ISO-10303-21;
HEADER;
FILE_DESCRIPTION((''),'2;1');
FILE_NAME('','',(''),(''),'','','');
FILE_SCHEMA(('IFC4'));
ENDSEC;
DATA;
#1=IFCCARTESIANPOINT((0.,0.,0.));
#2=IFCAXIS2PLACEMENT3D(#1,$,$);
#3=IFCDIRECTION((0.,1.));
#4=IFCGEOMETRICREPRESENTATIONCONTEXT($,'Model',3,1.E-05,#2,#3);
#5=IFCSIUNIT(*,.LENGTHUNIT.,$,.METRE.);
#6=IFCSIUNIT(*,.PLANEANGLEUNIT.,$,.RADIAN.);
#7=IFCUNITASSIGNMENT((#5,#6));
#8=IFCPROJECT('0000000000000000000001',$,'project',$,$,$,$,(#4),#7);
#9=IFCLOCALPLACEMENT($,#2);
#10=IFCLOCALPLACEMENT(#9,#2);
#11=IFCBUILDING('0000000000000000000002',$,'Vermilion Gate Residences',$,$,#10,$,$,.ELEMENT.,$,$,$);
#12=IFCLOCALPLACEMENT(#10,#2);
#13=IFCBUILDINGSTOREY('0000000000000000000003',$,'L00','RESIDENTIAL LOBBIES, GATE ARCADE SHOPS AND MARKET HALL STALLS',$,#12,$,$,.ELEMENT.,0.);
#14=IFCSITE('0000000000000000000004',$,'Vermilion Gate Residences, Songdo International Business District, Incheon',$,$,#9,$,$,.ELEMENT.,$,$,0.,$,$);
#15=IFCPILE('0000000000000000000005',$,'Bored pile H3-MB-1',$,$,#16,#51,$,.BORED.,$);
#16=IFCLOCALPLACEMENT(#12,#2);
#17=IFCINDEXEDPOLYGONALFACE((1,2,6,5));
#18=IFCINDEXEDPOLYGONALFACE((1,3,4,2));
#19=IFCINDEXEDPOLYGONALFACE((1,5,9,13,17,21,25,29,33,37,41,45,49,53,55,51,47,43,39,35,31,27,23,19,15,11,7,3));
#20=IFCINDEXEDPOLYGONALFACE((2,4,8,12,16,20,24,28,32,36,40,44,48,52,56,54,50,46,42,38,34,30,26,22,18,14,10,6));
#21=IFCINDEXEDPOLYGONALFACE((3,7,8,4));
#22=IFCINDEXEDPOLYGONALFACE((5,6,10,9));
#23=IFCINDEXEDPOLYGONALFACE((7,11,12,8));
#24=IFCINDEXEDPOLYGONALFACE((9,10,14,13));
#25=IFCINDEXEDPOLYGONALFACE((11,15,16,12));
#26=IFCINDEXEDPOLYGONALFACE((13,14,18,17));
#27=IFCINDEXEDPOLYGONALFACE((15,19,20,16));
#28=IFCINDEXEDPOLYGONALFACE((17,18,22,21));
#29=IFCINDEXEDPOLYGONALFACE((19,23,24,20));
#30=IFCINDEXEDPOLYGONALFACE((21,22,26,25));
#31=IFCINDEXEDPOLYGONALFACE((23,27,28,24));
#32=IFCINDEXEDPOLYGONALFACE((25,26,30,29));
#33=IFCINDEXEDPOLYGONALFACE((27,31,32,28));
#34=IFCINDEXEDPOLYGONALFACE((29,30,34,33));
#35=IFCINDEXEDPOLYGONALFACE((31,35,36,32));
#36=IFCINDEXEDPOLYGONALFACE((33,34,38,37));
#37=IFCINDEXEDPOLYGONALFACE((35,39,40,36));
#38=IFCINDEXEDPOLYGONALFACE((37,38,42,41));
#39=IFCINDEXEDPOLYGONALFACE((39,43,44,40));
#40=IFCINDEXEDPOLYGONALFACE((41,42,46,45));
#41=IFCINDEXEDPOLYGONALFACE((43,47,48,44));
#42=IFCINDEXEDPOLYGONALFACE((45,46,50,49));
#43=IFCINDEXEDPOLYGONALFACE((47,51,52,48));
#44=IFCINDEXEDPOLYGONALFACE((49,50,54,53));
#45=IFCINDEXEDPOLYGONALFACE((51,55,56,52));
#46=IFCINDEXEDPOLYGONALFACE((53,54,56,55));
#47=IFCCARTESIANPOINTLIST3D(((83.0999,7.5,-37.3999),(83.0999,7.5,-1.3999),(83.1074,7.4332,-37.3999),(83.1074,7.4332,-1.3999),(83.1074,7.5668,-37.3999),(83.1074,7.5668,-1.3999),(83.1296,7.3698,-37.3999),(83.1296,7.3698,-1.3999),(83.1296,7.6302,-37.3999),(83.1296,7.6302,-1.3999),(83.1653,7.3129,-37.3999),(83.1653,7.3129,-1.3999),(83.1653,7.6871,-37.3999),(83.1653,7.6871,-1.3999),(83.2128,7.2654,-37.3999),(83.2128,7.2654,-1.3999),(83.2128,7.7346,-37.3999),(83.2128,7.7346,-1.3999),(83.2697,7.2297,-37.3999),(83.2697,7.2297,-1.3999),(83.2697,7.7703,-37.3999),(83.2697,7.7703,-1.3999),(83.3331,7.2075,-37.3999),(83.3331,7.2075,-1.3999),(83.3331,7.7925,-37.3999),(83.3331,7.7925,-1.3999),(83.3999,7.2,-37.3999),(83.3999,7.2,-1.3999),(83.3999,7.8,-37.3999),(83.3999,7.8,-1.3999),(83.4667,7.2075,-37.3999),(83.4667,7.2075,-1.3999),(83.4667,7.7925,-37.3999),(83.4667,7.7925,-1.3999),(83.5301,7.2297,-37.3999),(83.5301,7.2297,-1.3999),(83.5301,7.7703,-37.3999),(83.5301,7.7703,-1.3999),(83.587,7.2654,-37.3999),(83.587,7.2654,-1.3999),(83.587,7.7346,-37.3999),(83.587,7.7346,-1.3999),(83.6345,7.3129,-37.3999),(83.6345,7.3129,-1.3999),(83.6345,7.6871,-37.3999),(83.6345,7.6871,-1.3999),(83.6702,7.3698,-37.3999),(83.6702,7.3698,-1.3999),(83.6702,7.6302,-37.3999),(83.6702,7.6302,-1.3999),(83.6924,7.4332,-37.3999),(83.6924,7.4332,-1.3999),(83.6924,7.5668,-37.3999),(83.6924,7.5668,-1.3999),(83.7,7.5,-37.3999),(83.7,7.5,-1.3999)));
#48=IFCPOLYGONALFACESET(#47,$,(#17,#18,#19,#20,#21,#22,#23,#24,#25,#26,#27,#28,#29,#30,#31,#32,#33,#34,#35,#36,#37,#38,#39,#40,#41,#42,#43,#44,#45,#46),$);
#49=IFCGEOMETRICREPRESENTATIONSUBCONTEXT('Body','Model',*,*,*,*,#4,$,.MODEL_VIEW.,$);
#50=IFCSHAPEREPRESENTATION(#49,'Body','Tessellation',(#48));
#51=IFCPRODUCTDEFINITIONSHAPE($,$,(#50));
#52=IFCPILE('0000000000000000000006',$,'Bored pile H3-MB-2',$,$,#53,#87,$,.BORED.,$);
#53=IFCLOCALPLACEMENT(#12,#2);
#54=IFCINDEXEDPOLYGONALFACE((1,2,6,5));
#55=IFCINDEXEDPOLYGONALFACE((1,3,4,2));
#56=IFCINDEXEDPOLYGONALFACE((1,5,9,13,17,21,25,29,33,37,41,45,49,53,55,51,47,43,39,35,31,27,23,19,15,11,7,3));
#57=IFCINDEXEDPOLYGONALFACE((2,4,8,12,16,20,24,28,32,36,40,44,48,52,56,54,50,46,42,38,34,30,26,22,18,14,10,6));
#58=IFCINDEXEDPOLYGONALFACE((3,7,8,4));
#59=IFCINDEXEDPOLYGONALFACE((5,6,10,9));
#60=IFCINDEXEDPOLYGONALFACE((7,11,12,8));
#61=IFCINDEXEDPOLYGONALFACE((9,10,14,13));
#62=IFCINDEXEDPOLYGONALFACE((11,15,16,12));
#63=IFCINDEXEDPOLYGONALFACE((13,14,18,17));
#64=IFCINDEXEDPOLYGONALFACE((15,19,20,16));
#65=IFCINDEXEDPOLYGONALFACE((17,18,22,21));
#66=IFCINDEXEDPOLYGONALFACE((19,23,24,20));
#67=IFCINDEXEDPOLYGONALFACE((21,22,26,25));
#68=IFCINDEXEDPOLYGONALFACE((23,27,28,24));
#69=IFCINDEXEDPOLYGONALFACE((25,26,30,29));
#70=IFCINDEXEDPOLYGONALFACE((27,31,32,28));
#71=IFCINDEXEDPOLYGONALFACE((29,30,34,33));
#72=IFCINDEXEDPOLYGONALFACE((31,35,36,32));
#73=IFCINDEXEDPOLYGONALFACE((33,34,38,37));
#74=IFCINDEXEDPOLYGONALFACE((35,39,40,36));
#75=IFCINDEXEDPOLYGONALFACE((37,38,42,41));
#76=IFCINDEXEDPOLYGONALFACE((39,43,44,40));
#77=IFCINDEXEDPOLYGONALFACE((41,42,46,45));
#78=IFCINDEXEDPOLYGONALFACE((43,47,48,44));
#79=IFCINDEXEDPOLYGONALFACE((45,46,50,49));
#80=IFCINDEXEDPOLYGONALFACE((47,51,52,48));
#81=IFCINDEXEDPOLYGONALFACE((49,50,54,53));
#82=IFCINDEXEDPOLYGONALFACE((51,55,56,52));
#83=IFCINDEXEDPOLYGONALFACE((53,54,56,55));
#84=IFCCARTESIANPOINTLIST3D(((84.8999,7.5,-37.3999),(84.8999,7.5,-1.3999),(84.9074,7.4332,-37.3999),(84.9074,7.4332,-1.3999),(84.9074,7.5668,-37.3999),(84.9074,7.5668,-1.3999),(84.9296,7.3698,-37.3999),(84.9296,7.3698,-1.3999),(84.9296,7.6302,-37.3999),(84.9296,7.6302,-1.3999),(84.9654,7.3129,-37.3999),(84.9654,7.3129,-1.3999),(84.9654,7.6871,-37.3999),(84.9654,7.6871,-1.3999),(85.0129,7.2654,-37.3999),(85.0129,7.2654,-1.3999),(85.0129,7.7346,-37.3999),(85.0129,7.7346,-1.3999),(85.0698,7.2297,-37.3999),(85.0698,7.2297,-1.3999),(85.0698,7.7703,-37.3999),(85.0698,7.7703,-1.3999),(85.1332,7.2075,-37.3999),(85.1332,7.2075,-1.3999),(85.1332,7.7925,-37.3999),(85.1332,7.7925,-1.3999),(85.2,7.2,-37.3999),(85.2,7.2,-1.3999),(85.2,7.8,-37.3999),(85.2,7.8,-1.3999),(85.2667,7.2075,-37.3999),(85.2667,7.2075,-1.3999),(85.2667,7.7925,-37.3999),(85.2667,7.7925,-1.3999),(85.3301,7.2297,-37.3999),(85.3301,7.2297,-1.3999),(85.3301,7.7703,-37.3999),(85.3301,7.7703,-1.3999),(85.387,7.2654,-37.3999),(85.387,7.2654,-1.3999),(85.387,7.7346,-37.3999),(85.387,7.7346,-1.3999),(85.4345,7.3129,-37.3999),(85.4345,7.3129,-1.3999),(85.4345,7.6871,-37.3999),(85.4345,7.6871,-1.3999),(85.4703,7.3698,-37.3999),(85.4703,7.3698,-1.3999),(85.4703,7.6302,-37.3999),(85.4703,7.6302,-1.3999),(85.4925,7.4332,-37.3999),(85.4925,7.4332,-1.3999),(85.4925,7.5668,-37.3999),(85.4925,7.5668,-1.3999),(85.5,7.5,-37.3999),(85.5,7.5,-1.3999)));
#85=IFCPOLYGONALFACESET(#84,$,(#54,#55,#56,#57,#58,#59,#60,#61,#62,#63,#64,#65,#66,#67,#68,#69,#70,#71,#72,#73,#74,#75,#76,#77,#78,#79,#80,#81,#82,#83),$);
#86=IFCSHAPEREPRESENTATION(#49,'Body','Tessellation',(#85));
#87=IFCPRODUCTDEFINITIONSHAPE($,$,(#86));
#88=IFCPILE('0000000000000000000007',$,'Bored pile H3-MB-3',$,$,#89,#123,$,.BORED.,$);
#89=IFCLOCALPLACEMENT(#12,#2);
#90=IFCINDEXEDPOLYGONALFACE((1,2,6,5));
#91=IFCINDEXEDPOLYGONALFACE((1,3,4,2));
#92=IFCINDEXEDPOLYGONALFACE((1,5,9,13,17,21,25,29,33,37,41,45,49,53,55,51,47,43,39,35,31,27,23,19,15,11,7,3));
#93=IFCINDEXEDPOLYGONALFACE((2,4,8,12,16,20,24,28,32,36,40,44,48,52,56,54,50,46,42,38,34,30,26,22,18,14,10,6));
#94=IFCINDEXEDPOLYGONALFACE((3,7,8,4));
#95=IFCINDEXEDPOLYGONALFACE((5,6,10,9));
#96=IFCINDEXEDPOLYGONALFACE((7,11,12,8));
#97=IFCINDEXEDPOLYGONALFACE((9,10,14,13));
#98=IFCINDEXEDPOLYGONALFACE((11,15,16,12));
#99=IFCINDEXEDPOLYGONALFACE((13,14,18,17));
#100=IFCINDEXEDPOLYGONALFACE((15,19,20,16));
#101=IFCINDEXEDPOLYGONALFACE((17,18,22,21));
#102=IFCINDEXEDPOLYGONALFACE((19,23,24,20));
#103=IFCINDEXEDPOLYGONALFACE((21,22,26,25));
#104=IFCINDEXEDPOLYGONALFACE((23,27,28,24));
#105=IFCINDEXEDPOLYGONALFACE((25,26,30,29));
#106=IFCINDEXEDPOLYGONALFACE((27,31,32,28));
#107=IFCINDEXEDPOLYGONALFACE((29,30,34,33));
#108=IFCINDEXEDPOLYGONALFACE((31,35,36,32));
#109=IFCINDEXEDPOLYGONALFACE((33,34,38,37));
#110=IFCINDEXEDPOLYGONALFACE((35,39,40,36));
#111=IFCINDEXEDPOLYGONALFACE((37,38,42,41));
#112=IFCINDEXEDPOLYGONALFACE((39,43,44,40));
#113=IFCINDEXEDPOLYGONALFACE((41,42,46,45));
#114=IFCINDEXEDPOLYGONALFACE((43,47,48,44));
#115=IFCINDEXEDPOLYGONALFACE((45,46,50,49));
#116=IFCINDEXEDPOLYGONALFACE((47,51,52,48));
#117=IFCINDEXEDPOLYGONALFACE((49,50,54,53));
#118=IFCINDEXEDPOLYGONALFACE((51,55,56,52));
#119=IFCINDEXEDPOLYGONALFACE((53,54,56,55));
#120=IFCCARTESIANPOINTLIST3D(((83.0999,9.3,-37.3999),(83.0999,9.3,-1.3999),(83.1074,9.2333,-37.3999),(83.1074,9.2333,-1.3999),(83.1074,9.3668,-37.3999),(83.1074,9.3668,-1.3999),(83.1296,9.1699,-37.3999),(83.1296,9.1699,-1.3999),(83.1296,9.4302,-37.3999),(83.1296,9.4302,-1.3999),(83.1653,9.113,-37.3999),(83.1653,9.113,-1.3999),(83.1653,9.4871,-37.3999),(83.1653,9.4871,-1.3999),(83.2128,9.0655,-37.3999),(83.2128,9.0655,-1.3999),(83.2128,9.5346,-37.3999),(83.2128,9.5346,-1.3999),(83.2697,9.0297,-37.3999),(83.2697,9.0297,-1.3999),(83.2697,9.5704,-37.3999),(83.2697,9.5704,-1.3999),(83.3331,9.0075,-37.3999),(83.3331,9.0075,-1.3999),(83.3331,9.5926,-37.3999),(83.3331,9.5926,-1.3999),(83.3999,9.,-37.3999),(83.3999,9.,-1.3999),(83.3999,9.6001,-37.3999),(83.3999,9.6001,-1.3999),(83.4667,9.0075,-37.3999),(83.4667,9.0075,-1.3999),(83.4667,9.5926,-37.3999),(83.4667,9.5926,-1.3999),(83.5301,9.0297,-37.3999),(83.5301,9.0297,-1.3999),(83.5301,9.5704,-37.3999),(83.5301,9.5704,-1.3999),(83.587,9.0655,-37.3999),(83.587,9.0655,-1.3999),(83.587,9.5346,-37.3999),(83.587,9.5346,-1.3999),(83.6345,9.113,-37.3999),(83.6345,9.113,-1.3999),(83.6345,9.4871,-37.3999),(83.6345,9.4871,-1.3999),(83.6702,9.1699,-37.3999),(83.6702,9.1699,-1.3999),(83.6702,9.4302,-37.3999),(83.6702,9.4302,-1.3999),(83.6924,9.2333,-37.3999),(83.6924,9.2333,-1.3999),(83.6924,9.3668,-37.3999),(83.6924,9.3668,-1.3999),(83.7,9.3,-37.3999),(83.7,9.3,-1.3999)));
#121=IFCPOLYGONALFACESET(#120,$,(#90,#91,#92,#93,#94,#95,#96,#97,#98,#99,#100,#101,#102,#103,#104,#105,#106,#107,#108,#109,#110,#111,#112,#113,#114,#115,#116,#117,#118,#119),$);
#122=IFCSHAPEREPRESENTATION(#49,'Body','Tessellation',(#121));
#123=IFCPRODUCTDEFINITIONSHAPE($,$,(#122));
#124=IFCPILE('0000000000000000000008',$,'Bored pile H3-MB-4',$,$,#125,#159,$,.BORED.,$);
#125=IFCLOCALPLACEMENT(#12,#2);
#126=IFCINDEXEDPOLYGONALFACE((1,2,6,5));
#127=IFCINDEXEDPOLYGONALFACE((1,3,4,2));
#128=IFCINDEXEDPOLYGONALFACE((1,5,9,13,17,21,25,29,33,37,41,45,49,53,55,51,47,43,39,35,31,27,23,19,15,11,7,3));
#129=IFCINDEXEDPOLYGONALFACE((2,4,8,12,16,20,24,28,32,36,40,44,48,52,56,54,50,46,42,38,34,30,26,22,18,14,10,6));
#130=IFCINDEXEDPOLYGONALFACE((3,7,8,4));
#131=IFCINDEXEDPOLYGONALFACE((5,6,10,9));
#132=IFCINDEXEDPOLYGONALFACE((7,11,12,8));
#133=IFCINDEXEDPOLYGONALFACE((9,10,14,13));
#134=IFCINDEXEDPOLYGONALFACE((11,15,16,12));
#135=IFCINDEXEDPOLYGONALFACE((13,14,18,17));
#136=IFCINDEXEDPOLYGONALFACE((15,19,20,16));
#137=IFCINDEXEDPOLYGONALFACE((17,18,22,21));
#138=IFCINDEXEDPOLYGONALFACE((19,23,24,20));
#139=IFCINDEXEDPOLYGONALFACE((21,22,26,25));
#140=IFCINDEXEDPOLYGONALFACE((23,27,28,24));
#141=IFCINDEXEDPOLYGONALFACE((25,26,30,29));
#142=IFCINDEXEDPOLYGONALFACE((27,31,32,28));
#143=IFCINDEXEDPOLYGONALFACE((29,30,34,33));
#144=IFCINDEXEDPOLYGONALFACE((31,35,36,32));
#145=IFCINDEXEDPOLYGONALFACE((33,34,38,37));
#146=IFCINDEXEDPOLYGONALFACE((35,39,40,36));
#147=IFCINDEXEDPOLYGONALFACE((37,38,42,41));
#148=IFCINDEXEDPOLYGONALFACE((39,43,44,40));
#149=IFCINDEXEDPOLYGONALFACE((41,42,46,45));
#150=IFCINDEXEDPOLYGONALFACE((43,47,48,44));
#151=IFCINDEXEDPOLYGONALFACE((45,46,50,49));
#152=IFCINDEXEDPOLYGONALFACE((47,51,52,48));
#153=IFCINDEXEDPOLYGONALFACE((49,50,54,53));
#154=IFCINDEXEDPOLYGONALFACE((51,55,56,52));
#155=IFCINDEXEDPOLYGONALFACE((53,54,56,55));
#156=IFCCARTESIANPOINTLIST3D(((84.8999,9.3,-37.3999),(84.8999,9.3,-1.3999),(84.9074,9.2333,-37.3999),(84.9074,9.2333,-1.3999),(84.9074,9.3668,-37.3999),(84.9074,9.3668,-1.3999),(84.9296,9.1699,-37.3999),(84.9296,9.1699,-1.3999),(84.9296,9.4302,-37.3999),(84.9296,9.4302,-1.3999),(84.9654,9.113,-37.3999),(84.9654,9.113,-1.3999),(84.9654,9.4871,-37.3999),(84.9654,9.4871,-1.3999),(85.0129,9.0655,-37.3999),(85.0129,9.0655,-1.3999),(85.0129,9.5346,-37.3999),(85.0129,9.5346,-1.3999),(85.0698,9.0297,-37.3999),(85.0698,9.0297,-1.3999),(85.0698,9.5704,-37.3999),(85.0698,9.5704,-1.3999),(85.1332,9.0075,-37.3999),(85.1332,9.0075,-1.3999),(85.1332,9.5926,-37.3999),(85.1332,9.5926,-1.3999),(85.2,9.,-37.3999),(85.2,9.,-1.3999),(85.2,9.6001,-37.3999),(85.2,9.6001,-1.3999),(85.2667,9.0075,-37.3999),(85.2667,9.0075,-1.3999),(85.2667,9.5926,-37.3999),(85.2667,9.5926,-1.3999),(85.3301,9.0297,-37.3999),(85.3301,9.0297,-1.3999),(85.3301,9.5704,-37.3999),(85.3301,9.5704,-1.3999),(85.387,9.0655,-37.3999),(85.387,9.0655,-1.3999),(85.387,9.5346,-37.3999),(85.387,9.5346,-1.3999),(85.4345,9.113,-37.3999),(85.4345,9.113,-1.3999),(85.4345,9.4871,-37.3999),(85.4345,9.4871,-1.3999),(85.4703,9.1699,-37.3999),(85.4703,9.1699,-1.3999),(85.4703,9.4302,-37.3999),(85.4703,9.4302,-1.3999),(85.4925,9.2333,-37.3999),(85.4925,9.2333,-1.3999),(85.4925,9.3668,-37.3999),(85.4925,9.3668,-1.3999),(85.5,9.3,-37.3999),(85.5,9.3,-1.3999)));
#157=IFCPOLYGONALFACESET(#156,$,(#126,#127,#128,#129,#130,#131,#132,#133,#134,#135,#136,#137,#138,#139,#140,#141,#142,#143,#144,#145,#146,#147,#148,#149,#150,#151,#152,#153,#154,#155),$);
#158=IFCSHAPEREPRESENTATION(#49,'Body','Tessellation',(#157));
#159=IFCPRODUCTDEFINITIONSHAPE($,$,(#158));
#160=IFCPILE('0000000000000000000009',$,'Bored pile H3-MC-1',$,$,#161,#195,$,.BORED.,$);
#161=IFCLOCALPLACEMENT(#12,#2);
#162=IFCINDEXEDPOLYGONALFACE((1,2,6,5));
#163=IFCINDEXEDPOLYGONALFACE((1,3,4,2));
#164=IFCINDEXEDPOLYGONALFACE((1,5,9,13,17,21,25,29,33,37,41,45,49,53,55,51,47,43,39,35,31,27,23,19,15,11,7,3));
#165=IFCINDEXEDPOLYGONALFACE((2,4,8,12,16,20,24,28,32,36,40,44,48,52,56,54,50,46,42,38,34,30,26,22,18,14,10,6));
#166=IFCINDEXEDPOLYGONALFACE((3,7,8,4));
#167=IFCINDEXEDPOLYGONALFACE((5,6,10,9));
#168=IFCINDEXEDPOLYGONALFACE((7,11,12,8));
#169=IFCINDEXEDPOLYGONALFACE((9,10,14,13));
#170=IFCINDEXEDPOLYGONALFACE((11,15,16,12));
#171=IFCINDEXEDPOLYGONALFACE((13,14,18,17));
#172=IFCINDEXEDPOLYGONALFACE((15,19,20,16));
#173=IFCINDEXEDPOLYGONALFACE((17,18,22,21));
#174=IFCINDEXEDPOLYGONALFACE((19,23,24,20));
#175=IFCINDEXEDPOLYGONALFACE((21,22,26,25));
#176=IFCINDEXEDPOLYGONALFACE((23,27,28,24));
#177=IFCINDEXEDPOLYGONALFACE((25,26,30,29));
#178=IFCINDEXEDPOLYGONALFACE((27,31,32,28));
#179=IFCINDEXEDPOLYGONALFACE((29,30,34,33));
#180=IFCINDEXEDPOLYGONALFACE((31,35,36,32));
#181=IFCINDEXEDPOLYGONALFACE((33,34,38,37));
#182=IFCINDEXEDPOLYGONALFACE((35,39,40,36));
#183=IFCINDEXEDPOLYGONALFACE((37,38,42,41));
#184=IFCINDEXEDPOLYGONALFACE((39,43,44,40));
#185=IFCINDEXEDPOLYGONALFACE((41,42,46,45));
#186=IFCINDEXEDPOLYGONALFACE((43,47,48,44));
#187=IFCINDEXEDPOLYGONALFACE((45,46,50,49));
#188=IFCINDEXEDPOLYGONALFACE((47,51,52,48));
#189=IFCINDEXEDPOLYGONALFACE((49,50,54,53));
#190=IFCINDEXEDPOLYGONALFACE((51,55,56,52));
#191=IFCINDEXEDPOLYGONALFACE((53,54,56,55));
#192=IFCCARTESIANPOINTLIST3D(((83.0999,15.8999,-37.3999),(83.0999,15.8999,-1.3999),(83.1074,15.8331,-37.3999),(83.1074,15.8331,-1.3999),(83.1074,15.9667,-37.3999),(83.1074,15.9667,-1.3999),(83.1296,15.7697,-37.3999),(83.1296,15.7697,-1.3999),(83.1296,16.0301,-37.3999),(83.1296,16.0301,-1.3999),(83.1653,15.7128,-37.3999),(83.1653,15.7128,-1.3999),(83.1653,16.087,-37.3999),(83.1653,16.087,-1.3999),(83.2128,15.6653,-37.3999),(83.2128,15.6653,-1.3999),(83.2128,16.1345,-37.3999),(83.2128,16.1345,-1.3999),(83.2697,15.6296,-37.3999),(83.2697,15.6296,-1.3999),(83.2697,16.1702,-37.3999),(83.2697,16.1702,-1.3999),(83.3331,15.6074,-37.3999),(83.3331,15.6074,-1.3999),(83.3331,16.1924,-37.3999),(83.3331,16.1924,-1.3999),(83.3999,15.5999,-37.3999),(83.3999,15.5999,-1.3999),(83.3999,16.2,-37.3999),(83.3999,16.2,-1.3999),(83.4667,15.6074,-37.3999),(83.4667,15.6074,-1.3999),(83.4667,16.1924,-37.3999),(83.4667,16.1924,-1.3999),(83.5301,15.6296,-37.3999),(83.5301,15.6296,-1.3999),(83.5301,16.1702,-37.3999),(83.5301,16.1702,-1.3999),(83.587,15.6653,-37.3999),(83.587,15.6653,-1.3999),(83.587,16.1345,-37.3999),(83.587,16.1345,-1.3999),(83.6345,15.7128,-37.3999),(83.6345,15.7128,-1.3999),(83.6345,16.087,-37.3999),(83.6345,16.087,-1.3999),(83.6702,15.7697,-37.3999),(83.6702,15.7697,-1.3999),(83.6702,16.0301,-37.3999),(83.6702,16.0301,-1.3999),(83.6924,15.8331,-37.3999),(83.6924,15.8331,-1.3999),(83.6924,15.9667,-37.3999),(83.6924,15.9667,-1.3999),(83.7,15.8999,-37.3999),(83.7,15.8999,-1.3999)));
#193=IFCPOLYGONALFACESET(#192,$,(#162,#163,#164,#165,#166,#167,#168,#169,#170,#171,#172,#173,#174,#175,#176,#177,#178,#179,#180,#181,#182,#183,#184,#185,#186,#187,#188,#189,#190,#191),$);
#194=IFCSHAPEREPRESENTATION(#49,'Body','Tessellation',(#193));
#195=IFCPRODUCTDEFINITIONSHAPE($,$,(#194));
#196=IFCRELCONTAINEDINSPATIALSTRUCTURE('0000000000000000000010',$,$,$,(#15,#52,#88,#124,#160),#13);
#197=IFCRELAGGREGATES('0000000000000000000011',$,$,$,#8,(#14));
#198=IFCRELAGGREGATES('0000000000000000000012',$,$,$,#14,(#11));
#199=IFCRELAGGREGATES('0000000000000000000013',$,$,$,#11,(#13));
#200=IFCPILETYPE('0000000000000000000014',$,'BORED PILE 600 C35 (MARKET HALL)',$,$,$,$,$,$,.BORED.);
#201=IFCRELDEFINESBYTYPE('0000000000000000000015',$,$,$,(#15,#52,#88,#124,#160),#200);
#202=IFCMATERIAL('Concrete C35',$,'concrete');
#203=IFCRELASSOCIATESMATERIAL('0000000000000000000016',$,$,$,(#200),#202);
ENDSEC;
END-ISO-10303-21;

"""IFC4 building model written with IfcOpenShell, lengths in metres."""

from ifc_helpers import new_model, si_unit, direction, frame, origin, origin_2d, place, context, subcontext, project, spatial, circle, extrude, material, material_profile, profile_set, type_object, element, save


model = new_model("IFC4")

# Units and contexts
model_context = context("Model", 3, precision=1e-05, world=origin(), true_north=direction((0.0, 1.0)))
body_context = subcontext(model_context, "Body", "Model", "MODEL_VIEW")
ifc_project = project(units=[si_unit("LENGTHUNIT", "METRE"), si_unit("PLANEANGLEUNIT", "RADIAN")], contexts=[model_context])

# Site, building, storey
site_placement = place(None, origin())
site = spatial("IfcSite", under=ifc_project, at=site_placement, Name="Vermilion Gate Residences, Songdo International Business District, Incheon", CompositionType="ELEMENT", RefElevation=0.0)
building_placement = place(site_placement, origin())
building = spatial("IfcBuilding", under=site, at=building_placement, Name="Vermilion Gate Residences", CompositionType="ELEMENT")
storey_placement = place(building_placement, origin())
storey = spatial("IfcBuildingStorey", under=building, at=storey_placement, Name="L00", Description="RESIDENTIAL LOBBIES, GATE ARCADE SHOPS AND MARKET HALL STALLS", CompositionType="ELEMENT", Elevation=0.0)

# Piles
ifc_material_1 = material(Name="Concrete C35", Category="concrete")
ifc_material_profile_1 = material_profile(ifc_material_1, circle(Radius=0.3, at=origin_2d()), Name="BORED PILE 600 C35 (MARKET HALL)")
ifc_profile_set_1 = profile_set([ifc_material_profile_1], Name="Concrete C35")
pile_type = type_object("IfcPileType", Name="BORED PILE 600 C35 (MARKET HALL)", PredefinedType="BORED", material=ifc_profile_set_1)
for number, where, z_axis, x_axis, name in (
    (1, (83.3999, 7.5, -1.3999), (0.0, 0.0, -1.0), (1.0, 0.0, 0.0), "Bored pile H3-MB-1"),
    (2, (85.2, 7.5, -1.3999), (0.0, 0.0, -1.0), (1.0, 0.0, 0.0), "Bored pile H3-MB-2"),
    (3, (83.3999, 9.3, -1.3999), (0.0, 0.0, -1.0), (1.0, 0.0, 0.0), "Bored pile H3-MB-3"),
    (4, (85.2, 9.3, -1.3999), (0.0, 0.0, -1.0), (1.0, 0.0, 0.0), "Bored pile H3-MB-4"),
    (5, (83.3999, 15.8999, -1.3999), (0.0, 0.0, -1.0), (1.0, 0.0, 0.0), "Bored pile H3-MC-1"),
):
    element("IfcPile", number, at=place(storey_placement, frame(where, z_axis=z_axis, x_axis=x_axis)), inside=storey, type_object=pile_type, Name=name, PredefinedType="BORED", context=body_context, shape_type="SweptSolid", body=[
        extrude(circle(Radius=0.3, at=origin_2d()), origin(), (0.0, 0.0, 1.0), 36.0),
    ])

save(model, "model.ifc")
